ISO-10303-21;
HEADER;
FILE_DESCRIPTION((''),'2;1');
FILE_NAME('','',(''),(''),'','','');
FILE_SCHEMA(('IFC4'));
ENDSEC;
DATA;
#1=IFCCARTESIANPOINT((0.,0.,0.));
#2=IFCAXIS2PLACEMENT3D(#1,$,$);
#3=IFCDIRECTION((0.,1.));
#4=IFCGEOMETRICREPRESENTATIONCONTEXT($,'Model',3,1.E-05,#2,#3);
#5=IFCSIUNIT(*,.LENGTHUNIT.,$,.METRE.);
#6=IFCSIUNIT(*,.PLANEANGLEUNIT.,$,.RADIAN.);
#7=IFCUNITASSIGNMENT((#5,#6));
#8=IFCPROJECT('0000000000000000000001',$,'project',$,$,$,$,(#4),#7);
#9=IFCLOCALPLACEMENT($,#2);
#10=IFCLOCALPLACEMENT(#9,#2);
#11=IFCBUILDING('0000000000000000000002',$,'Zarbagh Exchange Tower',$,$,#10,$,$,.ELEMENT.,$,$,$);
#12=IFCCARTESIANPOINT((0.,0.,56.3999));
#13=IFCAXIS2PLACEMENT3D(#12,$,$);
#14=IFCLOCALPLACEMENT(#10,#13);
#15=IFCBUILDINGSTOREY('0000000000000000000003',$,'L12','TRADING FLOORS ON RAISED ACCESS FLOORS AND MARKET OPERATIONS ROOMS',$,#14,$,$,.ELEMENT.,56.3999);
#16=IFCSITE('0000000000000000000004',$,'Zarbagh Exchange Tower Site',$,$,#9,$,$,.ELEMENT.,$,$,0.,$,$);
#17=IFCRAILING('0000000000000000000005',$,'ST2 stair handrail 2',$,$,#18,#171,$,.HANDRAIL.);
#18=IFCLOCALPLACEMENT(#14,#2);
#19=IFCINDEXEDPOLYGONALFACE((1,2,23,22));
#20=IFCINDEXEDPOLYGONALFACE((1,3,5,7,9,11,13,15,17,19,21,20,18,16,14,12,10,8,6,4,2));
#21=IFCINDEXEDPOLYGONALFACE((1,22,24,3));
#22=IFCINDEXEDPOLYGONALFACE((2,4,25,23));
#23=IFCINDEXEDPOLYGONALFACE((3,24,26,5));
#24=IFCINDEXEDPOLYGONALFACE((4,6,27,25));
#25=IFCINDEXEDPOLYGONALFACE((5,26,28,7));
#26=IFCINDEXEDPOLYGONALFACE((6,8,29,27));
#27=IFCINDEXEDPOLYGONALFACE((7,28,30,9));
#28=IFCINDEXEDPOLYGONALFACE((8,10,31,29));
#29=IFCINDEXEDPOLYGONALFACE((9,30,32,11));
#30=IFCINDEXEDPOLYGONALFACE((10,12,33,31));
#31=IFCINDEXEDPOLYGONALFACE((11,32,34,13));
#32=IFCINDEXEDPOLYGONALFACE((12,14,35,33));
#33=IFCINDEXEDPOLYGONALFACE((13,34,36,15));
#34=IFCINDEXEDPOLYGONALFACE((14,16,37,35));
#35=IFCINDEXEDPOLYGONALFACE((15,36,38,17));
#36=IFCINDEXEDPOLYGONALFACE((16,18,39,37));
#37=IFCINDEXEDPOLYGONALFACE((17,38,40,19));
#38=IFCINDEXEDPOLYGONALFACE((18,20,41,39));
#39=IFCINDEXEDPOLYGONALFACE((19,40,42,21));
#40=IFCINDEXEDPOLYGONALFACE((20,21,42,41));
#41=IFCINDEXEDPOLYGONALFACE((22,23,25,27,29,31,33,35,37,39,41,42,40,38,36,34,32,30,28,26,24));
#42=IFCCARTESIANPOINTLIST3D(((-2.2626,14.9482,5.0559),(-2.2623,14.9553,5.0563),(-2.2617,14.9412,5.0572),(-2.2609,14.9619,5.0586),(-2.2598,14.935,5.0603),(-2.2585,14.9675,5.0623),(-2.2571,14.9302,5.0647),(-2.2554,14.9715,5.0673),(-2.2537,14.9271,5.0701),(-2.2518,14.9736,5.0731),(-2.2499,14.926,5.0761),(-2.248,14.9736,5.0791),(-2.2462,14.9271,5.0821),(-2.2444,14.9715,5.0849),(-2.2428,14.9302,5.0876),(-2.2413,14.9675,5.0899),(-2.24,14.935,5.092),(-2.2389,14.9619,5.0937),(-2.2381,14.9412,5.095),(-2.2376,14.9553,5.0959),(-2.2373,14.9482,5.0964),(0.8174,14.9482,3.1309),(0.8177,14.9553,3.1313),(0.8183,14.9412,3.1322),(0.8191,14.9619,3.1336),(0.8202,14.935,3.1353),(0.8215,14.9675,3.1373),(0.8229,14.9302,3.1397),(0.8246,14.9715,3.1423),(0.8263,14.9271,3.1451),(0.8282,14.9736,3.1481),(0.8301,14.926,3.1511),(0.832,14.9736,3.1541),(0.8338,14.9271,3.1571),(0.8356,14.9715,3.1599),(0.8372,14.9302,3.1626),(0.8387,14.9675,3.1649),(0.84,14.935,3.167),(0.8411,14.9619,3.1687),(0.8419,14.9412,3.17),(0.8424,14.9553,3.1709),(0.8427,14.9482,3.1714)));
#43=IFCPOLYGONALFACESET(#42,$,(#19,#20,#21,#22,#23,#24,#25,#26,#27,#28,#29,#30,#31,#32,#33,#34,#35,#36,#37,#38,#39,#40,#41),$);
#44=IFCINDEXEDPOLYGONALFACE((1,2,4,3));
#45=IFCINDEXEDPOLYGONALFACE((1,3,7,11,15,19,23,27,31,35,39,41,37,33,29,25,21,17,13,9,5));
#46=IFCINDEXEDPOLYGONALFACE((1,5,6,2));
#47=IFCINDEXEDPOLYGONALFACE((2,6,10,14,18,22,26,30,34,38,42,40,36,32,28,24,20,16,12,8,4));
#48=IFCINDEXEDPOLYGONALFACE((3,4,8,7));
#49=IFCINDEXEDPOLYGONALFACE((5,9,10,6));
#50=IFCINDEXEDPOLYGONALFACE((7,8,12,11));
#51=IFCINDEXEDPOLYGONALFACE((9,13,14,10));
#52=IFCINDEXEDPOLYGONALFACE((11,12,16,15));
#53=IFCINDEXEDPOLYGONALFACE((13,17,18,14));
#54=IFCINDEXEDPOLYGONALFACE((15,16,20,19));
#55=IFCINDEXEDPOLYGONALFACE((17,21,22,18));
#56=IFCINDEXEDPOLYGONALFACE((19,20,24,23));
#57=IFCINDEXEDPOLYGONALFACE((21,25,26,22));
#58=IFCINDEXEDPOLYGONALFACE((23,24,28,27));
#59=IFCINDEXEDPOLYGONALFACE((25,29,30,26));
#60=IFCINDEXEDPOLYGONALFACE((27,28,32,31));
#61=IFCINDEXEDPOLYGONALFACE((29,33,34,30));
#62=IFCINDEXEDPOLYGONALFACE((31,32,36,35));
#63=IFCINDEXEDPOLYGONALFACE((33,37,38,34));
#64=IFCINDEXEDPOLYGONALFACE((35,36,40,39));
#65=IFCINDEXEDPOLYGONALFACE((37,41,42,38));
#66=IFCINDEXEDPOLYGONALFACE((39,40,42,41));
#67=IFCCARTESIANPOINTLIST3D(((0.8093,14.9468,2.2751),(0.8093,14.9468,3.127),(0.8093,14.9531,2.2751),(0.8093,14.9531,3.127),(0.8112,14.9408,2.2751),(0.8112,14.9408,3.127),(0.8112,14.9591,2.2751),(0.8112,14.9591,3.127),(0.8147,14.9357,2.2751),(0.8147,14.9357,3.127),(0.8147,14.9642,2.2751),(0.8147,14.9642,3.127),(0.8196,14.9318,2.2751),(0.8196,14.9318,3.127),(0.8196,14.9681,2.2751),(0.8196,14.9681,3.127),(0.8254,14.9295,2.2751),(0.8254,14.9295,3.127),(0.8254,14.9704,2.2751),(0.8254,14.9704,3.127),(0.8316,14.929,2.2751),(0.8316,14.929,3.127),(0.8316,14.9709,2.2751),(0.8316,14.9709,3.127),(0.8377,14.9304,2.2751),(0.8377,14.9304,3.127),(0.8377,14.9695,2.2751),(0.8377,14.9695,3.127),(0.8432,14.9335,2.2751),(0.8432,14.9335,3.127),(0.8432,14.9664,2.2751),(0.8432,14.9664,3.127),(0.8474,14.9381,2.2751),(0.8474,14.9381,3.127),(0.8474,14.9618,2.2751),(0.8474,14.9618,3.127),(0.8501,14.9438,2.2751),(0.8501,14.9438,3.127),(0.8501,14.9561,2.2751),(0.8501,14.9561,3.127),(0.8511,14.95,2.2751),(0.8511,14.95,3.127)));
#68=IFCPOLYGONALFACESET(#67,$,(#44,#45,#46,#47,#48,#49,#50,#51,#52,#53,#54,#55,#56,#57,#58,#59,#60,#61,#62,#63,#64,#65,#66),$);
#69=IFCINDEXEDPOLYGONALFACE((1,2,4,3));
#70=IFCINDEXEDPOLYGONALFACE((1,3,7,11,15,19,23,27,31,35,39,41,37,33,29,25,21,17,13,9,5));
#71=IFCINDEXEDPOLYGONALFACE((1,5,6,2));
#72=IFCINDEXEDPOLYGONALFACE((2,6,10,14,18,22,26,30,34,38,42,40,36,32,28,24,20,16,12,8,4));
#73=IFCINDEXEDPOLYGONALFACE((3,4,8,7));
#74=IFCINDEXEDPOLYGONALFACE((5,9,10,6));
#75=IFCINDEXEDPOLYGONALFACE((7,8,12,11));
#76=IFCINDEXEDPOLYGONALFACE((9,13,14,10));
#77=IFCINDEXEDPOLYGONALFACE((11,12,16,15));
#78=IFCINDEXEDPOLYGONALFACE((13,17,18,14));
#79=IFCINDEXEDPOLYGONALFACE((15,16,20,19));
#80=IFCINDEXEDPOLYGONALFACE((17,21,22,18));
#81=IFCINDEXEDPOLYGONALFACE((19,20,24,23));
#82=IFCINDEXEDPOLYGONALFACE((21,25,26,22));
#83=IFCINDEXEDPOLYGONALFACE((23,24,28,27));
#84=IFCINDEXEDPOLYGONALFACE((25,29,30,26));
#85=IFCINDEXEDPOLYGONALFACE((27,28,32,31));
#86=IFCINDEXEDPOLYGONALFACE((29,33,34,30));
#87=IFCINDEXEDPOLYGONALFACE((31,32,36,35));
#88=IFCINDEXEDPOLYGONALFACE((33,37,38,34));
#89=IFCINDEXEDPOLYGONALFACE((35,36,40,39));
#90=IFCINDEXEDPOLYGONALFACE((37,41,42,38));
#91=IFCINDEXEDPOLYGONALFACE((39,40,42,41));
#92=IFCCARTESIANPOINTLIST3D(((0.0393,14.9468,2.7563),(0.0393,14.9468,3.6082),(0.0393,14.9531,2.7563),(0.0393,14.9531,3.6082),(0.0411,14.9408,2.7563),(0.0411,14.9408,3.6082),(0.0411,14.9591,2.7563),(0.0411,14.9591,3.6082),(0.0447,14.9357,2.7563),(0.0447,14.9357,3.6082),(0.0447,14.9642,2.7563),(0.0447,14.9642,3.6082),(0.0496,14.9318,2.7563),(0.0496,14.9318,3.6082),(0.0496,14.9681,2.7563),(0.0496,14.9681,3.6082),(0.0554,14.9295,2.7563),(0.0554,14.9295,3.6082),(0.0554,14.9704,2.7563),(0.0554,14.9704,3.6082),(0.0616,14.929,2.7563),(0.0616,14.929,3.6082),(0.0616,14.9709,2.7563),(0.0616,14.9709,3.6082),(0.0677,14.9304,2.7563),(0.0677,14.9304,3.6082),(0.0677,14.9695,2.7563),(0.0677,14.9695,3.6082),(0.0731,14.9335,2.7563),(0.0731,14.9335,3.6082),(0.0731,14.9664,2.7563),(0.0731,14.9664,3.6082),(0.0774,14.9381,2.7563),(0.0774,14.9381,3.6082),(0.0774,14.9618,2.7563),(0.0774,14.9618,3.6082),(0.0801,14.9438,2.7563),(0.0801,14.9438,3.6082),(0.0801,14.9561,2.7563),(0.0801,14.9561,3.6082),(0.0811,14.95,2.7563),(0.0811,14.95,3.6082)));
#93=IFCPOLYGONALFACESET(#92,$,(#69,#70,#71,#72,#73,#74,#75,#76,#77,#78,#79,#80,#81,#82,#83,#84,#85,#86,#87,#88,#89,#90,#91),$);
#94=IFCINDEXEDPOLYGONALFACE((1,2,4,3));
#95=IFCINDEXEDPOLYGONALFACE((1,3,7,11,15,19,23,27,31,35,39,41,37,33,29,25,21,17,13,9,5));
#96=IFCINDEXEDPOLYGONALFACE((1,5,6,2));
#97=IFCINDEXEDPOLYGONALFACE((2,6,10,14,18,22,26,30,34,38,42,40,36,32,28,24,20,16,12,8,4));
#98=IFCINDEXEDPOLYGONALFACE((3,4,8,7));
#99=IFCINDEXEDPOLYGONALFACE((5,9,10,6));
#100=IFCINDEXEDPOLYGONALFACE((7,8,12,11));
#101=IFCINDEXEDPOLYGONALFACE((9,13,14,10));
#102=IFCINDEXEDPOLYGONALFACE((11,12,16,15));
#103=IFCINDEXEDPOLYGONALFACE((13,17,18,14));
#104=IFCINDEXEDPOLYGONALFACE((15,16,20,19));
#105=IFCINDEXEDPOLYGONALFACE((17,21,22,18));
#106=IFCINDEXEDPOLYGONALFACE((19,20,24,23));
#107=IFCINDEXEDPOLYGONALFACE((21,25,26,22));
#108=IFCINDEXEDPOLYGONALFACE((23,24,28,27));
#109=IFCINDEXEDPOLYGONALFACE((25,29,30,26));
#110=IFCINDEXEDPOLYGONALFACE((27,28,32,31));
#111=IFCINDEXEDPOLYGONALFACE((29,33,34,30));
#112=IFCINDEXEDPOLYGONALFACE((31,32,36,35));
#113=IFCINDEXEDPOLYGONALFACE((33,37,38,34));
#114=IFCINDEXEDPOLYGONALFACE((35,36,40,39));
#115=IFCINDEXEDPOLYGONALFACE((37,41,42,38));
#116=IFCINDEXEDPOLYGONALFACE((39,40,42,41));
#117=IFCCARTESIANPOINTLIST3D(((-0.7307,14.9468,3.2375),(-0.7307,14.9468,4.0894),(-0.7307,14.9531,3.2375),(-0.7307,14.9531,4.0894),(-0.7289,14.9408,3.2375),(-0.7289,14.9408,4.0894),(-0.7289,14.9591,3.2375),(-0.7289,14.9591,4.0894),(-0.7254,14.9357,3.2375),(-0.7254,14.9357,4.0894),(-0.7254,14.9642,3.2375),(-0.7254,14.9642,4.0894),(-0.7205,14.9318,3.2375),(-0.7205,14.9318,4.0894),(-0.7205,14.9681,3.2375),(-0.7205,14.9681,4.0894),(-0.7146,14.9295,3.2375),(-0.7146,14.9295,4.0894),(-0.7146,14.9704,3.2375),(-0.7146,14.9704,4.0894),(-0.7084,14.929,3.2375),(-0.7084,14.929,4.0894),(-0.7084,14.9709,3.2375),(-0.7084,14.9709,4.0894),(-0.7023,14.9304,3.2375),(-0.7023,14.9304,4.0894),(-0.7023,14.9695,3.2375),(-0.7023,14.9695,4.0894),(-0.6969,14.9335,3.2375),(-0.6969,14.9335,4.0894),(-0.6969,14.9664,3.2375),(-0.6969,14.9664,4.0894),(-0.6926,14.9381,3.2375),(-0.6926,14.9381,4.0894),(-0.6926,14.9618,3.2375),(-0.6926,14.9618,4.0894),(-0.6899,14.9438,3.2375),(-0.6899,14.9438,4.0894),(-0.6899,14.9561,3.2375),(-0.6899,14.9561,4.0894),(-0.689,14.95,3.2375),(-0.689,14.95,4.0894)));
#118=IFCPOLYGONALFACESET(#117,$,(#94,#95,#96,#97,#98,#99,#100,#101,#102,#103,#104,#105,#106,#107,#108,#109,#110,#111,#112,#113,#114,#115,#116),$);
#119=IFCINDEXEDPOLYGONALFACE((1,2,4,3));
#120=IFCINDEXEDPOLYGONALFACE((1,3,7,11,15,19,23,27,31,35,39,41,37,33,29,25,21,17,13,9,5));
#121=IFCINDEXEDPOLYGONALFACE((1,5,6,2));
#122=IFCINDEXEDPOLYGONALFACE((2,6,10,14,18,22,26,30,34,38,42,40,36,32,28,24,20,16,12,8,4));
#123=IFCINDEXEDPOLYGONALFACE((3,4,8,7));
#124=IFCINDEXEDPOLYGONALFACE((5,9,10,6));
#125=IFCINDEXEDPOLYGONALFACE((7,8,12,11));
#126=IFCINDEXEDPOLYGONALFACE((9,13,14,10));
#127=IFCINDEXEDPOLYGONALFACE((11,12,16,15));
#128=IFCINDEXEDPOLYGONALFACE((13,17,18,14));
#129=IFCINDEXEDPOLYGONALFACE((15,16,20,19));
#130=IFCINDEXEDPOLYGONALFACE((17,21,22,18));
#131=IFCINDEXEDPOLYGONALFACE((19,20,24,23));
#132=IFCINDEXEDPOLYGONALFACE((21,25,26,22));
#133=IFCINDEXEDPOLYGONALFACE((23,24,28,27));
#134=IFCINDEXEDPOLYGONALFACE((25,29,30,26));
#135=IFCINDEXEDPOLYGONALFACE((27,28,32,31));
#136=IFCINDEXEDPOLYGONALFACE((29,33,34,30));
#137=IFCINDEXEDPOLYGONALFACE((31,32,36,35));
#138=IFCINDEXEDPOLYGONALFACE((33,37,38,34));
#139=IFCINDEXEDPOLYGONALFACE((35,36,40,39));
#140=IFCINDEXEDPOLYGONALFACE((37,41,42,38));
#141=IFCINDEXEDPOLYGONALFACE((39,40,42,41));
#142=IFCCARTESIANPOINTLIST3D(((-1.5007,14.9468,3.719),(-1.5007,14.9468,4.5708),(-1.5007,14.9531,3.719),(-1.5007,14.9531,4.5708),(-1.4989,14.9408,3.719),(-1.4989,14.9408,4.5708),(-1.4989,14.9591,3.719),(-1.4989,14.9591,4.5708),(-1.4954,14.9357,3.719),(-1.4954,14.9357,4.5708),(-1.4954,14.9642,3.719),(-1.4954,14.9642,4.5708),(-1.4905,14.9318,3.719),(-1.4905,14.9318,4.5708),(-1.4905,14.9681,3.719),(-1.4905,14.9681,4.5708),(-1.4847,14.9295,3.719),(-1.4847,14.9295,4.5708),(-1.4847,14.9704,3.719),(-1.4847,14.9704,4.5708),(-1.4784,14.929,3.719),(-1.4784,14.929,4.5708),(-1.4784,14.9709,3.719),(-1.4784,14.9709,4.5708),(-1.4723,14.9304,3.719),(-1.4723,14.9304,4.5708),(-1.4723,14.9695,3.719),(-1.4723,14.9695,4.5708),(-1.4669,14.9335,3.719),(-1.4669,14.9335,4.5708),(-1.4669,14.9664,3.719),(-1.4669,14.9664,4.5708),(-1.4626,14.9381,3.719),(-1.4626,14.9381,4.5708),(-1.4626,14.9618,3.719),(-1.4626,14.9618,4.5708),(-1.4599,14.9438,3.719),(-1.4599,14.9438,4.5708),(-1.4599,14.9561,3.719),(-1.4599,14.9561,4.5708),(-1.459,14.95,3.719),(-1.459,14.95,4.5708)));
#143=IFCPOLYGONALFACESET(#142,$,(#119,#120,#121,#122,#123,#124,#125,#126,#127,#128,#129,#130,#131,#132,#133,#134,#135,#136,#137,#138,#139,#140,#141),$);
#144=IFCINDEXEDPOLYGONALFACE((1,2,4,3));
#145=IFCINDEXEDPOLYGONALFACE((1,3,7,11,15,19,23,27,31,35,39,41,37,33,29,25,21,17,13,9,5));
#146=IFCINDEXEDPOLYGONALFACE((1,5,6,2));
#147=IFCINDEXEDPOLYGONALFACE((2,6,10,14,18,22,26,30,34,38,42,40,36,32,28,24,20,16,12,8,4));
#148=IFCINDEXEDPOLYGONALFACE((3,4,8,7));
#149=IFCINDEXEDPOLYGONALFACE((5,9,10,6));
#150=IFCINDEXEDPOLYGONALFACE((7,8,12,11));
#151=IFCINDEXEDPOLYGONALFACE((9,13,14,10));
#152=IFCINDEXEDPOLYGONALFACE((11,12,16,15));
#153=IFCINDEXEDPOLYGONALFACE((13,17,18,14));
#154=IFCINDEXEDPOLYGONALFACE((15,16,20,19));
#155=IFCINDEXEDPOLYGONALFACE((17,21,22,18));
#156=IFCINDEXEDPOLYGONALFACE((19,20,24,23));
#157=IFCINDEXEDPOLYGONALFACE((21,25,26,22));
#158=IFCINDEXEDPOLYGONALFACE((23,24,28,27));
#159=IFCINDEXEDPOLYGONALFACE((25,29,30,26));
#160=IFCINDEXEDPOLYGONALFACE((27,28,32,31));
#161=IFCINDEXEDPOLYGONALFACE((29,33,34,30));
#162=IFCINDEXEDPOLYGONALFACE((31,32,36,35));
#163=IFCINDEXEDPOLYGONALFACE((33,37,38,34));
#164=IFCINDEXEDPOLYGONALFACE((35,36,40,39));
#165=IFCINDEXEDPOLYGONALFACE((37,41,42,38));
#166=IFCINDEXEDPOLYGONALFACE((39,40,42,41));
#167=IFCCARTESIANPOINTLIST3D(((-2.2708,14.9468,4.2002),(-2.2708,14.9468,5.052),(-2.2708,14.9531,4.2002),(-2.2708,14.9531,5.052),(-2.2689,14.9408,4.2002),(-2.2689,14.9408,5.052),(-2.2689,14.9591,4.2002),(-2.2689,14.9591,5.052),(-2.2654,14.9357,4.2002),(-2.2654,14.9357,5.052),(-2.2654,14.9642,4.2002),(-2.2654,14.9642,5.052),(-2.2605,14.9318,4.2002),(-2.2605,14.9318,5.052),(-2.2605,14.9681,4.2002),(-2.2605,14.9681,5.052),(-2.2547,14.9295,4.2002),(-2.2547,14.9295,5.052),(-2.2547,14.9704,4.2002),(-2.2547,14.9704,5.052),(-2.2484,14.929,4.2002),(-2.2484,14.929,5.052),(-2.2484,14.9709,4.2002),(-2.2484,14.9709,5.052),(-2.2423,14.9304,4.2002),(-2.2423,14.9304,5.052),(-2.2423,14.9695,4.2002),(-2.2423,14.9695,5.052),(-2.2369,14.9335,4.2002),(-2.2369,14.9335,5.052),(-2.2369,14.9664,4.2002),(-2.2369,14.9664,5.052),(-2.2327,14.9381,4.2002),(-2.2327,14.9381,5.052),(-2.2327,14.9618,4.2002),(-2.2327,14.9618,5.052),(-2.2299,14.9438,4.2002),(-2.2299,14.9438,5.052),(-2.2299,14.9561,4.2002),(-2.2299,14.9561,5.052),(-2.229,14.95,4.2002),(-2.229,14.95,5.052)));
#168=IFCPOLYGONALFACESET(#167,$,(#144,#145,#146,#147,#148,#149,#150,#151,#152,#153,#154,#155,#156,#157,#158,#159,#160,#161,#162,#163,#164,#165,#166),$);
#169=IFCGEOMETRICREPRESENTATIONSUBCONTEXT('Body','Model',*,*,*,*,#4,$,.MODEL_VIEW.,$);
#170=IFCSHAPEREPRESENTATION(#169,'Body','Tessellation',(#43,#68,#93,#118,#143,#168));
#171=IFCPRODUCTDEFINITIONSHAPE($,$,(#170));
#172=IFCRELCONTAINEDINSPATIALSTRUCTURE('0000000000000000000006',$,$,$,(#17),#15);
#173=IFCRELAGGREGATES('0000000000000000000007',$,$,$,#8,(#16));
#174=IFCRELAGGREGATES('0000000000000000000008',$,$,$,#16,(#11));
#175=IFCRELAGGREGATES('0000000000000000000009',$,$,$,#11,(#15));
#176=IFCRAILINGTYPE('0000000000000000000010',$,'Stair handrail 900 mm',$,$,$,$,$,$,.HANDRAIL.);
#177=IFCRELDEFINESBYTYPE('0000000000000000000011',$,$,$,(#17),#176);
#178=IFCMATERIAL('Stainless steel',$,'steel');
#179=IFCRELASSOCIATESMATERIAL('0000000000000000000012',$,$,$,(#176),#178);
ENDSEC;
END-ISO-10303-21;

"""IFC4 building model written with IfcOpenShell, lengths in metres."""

from ifc_helpers import new_model, si_unit, direction, frame, origin, origin_2d, place, context, subcontext, project, spatial, circle, extrude, material, type_object, element, save


model = new_model("IFC4")

# Units and contexts
model_context = context("Model", 3, precision=1e-05, world=origin(), true_north=direction((0.0, 1.0)))
body_context = subcontext(model_context, "Body", "Model", "MODEL_VIEW")
ifc_project = project(units=[si_unit("LENGTHUNIT", "METRE"), si_unit("PLANEANGLEUNIT", "RADIAN")], contexts=[model_context])

# Site, building, storey
site_placement = place(None, origin())
site = spatial("IfcSite", under=ifc_project, at=site_placement, Name="Zarbagh Exchange Tower Site", CompositionType="ELEMENT", RefElevation=0.0)
building_placement = place(site_placement, origin())
building = spatial("IfcBuilding", under=site, at=building_placement, Name="Zarbagh Exchange Tower", CompositionType="ELEMENT")
storey_placement = place(building_placement, frame((0.0, 0.0, 56.3999)))
storey = spatial("IfcBuildingStorey", under=building, at=storey_placement, Name="L12", Description="TRADING FLOORS ON RAISED ACCESS FLOORS AND MARKET OPERATIONS ROOMS", CompositionType="ELEMENT", Elevation=56.3999)

# Shared definitions
ifc_material_1 = material(Name="Stainless steel", Category="steel")

# Railing
railing_type_1 = type_object("IfcRailingType", Name="Stair handrail 900 mm", PredefinedType="HANDRAIL", material=ifc_material_1)
for number, where, name in (
    (1, (0.8301, 14.95, 2.2751), "ST2 stair handrail 2"),
):
    element("IfcRailing", number, at=place(storey_placement, frame(where)), inside=storey, type_object=railing_type_1, Name=name, PredefinedType="HANDRAIL", context=body_context, shape_type="SweptSolid", body=[
        extrude(circle(Radius=0.0239, at=origin_2d()), frame((0.0, 0.0, 0.876), z_axis=(-0.847998, 0.0, 0.529999), x_axis=(0.0, -1.0, 0.0)), (0.0, 0.0, 1.0), 3.6321),
        extrude(circle(Radius=0.021, at=origin_2d()), origin(), (0.0, 0.0, 1.0), 0.8518),
        extrude(circle(Radius=0.021, at=origin_2d()), frame((-0.77, 0.0, 0.4812)), (0.0, 0.0, 1.0), 0.8518),
        extrude(circle(Radius=0.021, at=origin_2d()), frame((-1.54, 0.0, 0.9624)), (0.0, 0.0, 1.0), 0.8518),
        extrude(circle(Radius=0.021, at=origin_2d()), frame((-2.3101, 0.0, 1.4438)), (0.0, 0.0, 1.0), 0.8518),
        extrude(circle(Radius=0.021, at=origin_2d()), frame((-3.0801, 0.0, 1.925)), (0.0, 0.0, 1.0), 0.8518),
    ])

save(model, "model.ifc")
